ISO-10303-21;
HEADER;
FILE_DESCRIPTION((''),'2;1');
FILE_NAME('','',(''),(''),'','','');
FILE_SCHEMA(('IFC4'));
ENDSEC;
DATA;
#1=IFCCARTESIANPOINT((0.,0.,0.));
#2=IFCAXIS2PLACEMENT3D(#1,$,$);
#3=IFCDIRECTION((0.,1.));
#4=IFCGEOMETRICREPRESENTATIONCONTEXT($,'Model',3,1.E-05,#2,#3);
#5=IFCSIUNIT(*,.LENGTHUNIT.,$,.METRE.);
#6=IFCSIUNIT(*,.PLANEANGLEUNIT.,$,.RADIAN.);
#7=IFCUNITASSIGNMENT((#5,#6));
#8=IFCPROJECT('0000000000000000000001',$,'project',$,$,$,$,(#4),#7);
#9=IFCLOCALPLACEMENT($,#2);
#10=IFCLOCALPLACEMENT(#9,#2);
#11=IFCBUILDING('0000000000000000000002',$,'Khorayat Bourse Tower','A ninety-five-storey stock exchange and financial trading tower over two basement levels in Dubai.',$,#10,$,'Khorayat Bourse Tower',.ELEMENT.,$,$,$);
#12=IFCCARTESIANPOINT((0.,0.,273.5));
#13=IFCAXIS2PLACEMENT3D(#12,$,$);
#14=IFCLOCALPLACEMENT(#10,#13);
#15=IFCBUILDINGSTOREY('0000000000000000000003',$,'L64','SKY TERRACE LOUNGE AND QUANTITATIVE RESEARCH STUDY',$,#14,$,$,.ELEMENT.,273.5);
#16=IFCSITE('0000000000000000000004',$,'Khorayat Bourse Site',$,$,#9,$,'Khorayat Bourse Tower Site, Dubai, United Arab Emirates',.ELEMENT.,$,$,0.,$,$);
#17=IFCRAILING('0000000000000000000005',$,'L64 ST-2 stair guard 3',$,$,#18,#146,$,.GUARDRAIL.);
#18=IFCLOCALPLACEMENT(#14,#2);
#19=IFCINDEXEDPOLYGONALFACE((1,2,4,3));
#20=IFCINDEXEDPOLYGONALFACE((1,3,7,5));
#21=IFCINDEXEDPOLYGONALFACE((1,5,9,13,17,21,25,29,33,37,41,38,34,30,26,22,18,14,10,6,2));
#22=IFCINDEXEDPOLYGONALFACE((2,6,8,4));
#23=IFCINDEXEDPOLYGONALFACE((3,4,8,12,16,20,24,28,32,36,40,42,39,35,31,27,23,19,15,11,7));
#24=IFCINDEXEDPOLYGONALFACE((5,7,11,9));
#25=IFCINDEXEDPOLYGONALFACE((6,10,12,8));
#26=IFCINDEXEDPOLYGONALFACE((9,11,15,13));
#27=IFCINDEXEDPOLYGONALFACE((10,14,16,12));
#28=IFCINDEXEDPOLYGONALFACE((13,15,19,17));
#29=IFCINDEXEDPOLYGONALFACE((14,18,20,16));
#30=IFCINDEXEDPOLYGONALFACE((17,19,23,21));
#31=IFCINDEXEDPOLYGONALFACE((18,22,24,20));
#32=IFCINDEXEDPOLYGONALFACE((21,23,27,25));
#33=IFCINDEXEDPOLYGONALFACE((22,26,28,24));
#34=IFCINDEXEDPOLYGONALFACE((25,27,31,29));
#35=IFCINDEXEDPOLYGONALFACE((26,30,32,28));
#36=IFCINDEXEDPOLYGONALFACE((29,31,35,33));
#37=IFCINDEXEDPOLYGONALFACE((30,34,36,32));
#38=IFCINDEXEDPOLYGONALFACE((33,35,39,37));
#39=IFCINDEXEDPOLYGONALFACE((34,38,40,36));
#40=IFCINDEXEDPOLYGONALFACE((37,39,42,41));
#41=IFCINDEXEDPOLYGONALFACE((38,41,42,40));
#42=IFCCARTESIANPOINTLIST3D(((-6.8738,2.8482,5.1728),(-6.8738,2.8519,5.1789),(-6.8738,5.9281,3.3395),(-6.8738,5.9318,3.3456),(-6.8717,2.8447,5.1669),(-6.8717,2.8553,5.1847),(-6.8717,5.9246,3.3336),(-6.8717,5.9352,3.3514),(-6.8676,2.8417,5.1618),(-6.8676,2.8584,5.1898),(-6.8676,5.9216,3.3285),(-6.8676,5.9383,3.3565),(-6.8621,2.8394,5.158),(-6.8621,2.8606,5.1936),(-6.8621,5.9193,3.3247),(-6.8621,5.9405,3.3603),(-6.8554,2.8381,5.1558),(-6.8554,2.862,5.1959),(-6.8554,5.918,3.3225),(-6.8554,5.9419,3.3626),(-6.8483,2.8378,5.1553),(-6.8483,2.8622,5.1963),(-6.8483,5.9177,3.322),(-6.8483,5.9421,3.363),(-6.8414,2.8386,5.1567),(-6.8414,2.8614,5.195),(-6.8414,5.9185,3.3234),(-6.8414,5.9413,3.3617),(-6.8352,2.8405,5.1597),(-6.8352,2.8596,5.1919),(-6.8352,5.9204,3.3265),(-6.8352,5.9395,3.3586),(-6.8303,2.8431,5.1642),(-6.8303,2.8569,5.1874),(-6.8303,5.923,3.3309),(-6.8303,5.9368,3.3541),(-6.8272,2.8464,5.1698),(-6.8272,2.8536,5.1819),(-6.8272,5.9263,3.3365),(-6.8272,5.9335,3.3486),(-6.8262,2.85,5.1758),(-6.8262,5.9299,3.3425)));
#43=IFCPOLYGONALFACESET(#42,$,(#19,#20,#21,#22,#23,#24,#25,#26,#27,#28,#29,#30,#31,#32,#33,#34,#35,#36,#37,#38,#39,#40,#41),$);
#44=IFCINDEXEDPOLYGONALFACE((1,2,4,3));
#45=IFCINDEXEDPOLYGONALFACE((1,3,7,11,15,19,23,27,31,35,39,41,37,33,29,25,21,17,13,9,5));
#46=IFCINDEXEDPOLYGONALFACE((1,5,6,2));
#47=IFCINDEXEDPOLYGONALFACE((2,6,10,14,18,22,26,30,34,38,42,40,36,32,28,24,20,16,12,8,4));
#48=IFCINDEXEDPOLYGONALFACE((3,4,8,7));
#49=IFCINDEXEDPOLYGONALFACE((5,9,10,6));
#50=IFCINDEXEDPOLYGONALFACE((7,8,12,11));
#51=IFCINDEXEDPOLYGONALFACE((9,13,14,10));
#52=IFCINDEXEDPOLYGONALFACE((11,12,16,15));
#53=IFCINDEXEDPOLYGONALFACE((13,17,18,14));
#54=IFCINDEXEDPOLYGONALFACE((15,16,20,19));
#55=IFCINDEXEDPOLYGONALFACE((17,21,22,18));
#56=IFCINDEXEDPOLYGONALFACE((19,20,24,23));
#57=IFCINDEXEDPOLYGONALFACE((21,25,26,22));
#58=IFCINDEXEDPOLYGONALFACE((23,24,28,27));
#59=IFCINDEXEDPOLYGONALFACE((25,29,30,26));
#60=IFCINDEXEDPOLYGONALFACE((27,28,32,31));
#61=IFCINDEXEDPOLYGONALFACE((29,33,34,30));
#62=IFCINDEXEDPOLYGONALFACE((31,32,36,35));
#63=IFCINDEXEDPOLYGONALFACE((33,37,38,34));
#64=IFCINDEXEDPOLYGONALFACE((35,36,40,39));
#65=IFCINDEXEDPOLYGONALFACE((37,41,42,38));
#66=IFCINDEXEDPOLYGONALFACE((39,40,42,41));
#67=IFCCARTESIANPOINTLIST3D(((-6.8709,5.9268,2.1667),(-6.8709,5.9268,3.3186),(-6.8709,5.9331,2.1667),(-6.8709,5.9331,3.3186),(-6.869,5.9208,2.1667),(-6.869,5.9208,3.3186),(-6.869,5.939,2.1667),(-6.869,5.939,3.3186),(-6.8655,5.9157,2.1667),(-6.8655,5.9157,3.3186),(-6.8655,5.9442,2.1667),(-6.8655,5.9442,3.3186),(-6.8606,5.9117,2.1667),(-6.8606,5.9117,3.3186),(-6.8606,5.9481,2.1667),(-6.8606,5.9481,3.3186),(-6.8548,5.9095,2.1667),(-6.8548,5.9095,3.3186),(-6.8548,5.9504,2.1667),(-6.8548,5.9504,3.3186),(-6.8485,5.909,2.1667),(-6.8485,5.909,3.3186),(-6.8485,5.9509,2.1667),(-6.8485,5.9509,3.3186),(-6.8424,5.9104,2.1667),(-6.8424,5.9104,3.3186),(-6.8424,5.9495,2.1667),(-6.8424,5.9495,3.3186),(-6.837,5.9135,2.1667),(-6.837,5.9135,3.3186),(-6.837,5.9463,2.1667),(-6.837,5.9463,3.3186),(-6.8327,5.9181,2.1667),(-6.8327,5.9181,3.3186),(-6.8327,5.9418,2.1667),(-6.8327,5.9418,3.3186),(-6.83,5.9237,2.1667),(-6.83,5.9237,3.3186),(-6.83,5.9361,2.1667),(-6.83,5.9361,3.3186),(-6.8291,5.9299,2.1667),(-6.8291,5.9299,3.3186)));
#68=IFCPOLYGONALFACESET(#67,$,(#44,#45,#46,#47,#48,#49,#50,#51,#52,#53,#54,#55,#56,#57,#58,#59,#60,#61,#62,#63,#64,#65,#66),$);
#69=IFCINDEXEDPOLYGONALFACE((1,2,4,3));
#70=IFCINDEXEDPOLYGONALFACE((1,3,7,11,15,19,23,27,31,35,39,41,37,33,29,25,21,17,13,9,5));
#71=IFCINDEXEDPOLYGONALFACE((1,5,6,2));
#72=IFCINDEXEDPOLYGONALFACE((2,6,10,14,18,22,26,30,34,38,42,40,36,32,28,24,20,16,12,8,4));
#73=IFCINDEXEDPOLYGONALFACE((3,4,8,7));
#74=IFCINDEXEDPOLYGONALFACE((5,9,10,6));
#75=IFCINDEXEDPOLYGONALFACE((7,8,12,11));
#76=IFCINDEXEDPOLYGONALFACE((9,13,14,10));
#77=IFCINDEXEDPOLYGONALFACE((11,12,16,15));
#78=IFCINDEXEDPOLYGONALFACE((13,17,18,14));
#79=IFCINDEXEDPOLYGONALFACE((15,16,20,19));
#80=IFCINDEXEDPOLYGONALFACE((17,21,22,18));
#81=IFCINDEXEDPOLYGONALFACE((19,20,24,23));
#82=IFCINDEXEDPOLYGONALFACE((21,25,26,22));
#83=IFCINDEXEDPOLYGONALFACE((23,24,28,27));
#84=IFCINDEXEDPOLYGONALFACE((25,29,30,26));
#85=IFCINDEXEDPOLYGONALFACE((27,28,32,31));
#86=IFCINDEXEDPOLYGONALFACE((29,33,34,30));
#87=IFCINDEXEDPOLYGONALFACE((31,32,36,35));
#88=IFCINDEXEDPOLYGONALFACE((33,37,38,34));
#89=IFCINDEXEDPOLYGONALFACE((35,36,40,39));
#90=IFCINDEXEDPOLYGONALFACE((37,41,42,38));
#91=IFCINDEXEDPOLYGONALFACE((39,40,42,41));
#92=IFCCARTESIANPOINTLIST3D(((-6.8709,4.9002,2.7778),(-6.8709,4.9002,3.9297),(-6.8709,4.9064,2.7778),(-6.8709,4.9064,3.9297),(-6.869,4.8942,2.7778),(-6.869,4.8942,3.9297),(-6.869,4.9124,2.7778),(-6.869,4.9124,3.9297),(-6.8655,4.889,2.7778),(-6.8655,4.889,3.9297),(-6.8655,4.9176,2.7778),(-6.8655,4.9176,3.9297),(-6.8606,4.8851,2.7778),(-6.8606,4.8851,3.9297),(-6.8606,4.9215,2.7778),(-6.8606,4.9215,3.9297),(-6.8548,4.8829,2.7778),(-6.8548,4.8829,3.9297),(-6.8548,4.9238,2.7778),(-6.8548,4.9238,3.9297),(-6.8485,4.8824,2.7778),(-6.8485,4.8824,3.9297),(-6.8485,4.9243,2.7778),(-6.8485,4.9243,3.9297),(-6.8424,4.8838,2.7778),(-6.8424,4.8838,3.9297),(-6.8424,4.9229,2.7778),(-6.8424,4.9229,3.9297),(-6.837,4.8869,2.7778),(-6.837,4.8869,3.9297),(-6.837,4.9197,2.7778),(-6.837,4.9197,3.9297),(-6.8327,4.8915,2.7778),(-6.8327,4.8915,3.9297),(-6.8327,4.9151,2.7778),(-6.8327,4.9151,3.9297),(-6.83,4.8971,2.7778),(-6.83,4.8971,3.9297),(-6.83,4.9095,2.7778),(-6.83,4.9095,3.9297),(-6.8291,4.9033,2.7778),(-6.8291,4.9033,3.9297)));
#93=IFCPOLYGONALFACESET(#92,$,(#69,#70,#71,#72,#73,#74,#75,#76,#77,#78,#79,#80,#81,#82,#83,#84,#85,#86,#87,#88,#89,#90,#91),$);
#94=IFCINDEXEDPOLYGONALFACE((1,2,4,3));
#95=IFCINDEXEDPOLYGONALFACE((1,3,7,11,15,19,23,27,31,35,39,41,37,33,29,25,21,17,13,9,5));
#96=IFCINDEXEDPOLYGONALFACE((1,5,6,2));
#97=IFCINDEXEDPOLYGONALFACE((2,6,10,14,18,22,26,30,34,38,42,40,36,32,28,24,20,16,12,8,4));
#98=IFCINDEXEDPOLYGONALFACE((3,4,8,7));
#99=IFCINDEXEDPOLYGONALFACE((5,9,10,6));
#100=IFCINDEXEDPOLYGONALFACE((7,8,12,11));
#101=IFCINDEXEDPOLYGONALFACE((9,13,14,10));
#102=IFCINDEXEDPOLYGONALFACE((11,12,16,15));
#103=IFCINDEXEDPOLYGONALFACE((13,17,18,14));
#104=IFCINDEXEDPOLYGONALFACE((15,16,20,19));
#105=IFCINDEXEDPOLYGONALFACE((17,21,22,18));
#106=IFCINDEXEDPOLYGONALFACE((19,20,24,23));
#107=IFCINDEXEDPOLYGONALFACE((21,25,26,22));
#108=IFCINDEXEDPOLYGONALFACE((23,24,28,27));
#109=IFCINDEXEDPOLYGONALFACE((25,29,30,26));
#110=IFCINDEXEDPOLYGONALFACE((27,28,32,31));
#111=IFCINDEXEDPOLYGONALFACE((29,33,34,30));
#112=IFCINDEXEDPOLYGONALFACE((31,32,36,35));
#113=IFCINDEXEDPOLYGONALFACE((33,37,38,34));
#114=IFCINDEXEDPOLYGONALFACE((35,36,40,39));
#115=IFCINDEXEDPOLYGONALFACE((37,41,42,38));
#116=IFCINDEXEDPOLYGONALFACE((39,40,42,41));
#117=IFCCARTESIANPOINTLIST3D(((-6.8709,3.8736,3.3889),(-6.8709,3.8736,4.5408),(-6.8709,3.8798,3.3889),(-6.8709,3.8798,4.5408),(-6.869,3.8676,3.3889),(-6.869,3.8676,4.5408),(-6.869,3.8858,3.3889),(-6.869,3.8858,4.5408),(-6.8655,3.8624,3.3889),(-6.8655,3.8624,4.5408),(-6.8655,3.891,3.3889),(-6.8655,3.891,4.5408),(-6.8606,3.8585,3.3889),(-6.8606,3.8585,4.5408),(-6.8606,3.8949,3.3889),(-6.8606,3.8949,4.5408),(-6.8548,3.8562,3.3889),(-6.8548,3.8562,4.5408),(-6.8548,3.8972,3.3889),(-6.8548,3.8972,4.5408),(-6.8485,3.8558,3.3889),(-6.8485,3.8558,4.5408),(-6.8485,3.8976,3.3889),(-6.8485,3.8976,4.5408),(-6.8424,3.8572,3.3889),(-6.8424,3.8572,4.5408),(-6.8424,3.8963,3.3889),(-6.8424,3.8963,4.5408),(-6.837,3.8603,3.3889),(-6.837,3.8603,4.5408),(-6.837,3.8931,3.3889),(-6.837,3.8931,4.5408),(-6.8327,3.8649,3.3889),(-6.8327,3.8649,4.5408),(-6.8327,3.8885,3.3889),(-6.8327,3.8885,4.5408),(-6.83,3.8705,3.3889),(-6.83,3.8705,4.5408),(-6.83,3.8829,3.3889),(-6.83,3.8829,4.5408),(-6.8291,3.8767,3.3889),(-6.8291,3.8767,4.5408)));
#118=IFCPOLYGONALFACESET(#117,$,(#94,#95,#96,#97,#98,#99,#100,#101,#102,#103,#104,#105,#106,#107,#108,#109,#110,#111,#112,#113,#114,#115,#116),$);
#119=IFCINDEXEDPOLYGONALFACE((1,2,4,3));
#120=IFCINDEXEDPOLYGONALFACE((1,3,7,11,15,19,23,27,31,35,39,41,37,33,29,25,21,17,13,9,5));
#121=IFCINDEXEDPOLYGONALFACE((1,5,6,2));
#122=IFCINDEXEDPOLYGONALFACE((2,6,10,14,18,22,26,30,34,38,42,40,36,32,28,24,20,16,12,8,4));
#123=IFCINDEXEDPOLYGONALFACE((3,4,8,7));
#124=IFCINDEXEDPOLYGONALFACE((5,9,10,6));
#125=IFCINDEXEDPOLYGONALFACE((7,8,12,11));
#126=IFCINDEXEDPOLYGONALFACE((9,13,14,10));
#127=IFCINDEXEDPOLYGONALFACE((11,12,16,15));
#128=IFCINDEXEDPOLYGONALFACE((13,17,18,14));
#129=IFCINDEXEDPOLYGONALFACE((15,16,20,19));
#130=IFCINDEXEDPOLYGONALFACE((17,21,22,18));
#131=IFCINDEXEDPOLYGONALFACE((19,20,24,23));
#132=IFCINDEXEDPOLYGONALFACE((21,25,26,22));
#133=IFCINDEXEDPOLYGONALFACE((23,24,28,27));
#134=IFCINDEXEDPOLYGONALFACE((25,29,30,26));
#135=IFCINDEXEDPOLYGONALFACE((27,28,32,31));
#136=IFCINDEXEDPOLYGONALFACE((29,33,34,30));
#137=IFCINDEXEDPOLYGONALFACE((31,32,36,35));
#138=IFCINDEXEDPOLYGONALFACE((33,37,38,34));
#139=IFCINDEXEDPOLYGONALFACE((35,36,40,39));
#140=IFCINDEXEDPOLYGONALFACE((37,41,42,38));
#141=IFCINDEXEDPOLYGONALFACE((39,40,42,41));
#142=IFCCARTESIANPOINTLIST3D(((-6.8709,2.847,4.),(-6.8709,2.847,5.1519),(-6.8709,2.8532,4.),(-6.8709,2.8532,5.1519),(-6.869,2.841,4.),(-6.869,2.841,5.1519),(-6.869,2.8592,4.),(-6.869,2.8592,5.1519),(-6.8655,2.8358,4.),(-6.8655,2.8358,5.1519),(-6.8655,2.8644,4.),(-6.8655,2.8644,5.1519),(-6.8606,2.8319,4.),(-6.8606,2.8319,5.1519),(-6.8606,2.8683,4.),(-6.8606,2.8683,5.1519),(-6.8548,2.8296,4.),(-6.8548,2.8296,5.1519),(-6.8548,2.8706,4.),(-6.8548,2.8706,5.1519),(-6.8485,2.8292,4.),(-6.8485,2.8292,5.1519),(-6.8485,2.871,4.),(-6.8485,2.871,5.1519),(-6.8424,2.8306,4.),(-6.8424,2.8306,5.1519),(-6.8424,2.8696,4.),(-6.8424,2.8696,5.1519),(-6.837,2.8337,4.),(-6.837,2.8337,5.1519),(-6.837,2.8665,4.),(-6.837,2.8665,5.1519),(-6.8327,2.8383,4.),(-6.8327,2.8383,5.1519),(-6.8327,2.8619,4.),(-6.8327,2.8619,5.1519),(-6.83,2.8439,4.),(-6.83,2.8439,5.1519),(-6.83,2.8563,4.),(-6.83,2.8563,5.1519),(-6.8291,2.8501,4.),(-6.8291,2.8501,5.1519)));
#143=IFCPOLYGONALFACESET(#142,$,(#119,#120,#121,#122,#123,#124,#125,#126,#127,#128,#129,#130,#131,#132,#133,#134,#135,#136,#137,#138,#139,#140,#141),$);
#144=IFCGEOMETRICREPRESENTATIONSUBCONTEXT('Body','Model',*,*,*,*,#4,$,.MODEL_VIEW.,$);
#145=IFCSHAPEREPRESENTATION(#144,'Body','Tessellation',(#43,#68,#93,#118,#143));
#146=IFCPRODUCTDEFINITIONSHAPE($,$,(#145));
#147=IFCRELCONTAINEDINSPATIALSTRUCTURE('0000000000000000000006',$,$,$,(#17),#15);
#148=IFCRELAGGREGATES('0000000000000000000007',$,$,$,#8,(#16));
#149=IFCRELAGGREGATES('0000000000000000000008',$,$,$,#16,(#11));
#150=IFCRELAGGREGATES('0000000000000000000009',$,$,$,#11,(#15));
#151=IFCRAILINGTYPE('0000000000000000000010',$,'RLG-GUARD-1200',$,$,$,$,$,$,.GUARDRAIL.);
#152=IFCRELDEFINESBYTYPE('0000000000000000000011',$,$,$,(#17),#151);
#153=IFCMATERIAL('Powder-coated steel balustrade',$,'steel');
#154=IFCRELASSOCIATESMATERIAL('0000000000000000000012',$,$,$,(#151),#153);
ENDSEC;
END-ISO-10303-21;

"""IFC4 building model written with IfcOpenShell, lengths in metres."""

from ifc_helpers import new_model, si_unit, direction, frame, origin, origin_2d, place, context, subcontext, project, spatial, circle, extrude, source, transform, mapped, material, type_object, element, save


model = new_model("IFC4")

# Units and contexts
model_context = context("Model", 3, precision=1e-05, world=origin(), true_north=direction((0.0, 1.0)))
body_context = subcontext(model_context, "Body", "Model", "MODEL_VIEW")
ifc_project = project(units=[si_unit("LENGTHUNIT", "METRE"), si_unit("PLANEANGLEUNIT", "RADIAN")], contexts=[model_context])

# Site, building, storey
site_placement = place(None, origin())
site = spatial("IfcSite", under=ifc_project, at=site_placement, Name="Khorayat Bourse Site", LongName="Khorayat Bourse Tower Site, Dubai, United Arab Emirates", CompositionType="ELEMENT", RefElevation=0.0)
building_placement = place(site_placement, origin())
building = spatial("IfcBuilding", under=site, at=building_placement, Name="Khorayat Bourse Tower", Description="A ninety-five-storey stock exchange and financial trading tower over two basement levels in Dubai.", LongName="Khorayat Bourse Tower", CompositionType="ELEMENT")
storey_placement = place(building_placement, frame((0.0, 0.0, 273.5)))
storey = spatial("IfcBuildingStorey", under=building, at=storey_placement, Name="L64", Description="SKY TERRACE LOUNGE AND QUANTITATIVE RESEARCH STUDY", CompositionType="ELEMENT", Elevation=273.5)

# Railing
ifc_material_1 = material(Name="Powder-coated steel balustrade", Category="steel")
railing_type_1 = type_object("IfcRailingType", Name="RLG-GUARD-1200", PredefinedType="GUARDRAIL", material=ifc_material_1)
shared_shape_1 = source(origin(), body_context, "Body", "SweptSolid", [
    extrude(circle(Radius=0.0239, at=origin_2d()), frame((0.0, 0.0, 1.1758), z_axis=(0.0, -0.859291, 0.511487), x_axis=(1.0, 0.0, 0.0)), (0.0, 0.0, 1.0), 3.5842),
    extrude(circle(Radius=0.021, at=origin_2d()), origin(), (0.0, 0.0, 1.0), 1.1519),
    extrude(circle(Radius=0.021, at=origin_2d()), frame((0.0, -1.0266, 0.6111)), (0.0, 0.0, 1.0), 1.1519),
    extrude(circle(Radius=0.021, at=origin_2d()), frame((0.0, -2.0532, 1.2222)), (0.0, 0.0, 1.0), 1.1519),
    extrude(circle(Radius=0.021, at=origin_2d()), frame((0.0, -3.0798, 1.8333)), (0.0, 0.0, 1.0), 1.1519),
])
railing_1_placement = place(storey_placement, frame((-6.8501, 5.9299, 2.1667)))
element("IfcRailing", 1, at=railing_1_placement, inside=storey, type_object=railing_type_1, Name="L64 ST-2 stair guard 3", PredefinedType="GUARDRAIL", context=body_context, shape_type="MappedRepresentation", body=[
    mapped(shared_shape_1, transform((0.0, 0.0, 0.0), scale=1.0)),
])

save(model, "model.ifc")
